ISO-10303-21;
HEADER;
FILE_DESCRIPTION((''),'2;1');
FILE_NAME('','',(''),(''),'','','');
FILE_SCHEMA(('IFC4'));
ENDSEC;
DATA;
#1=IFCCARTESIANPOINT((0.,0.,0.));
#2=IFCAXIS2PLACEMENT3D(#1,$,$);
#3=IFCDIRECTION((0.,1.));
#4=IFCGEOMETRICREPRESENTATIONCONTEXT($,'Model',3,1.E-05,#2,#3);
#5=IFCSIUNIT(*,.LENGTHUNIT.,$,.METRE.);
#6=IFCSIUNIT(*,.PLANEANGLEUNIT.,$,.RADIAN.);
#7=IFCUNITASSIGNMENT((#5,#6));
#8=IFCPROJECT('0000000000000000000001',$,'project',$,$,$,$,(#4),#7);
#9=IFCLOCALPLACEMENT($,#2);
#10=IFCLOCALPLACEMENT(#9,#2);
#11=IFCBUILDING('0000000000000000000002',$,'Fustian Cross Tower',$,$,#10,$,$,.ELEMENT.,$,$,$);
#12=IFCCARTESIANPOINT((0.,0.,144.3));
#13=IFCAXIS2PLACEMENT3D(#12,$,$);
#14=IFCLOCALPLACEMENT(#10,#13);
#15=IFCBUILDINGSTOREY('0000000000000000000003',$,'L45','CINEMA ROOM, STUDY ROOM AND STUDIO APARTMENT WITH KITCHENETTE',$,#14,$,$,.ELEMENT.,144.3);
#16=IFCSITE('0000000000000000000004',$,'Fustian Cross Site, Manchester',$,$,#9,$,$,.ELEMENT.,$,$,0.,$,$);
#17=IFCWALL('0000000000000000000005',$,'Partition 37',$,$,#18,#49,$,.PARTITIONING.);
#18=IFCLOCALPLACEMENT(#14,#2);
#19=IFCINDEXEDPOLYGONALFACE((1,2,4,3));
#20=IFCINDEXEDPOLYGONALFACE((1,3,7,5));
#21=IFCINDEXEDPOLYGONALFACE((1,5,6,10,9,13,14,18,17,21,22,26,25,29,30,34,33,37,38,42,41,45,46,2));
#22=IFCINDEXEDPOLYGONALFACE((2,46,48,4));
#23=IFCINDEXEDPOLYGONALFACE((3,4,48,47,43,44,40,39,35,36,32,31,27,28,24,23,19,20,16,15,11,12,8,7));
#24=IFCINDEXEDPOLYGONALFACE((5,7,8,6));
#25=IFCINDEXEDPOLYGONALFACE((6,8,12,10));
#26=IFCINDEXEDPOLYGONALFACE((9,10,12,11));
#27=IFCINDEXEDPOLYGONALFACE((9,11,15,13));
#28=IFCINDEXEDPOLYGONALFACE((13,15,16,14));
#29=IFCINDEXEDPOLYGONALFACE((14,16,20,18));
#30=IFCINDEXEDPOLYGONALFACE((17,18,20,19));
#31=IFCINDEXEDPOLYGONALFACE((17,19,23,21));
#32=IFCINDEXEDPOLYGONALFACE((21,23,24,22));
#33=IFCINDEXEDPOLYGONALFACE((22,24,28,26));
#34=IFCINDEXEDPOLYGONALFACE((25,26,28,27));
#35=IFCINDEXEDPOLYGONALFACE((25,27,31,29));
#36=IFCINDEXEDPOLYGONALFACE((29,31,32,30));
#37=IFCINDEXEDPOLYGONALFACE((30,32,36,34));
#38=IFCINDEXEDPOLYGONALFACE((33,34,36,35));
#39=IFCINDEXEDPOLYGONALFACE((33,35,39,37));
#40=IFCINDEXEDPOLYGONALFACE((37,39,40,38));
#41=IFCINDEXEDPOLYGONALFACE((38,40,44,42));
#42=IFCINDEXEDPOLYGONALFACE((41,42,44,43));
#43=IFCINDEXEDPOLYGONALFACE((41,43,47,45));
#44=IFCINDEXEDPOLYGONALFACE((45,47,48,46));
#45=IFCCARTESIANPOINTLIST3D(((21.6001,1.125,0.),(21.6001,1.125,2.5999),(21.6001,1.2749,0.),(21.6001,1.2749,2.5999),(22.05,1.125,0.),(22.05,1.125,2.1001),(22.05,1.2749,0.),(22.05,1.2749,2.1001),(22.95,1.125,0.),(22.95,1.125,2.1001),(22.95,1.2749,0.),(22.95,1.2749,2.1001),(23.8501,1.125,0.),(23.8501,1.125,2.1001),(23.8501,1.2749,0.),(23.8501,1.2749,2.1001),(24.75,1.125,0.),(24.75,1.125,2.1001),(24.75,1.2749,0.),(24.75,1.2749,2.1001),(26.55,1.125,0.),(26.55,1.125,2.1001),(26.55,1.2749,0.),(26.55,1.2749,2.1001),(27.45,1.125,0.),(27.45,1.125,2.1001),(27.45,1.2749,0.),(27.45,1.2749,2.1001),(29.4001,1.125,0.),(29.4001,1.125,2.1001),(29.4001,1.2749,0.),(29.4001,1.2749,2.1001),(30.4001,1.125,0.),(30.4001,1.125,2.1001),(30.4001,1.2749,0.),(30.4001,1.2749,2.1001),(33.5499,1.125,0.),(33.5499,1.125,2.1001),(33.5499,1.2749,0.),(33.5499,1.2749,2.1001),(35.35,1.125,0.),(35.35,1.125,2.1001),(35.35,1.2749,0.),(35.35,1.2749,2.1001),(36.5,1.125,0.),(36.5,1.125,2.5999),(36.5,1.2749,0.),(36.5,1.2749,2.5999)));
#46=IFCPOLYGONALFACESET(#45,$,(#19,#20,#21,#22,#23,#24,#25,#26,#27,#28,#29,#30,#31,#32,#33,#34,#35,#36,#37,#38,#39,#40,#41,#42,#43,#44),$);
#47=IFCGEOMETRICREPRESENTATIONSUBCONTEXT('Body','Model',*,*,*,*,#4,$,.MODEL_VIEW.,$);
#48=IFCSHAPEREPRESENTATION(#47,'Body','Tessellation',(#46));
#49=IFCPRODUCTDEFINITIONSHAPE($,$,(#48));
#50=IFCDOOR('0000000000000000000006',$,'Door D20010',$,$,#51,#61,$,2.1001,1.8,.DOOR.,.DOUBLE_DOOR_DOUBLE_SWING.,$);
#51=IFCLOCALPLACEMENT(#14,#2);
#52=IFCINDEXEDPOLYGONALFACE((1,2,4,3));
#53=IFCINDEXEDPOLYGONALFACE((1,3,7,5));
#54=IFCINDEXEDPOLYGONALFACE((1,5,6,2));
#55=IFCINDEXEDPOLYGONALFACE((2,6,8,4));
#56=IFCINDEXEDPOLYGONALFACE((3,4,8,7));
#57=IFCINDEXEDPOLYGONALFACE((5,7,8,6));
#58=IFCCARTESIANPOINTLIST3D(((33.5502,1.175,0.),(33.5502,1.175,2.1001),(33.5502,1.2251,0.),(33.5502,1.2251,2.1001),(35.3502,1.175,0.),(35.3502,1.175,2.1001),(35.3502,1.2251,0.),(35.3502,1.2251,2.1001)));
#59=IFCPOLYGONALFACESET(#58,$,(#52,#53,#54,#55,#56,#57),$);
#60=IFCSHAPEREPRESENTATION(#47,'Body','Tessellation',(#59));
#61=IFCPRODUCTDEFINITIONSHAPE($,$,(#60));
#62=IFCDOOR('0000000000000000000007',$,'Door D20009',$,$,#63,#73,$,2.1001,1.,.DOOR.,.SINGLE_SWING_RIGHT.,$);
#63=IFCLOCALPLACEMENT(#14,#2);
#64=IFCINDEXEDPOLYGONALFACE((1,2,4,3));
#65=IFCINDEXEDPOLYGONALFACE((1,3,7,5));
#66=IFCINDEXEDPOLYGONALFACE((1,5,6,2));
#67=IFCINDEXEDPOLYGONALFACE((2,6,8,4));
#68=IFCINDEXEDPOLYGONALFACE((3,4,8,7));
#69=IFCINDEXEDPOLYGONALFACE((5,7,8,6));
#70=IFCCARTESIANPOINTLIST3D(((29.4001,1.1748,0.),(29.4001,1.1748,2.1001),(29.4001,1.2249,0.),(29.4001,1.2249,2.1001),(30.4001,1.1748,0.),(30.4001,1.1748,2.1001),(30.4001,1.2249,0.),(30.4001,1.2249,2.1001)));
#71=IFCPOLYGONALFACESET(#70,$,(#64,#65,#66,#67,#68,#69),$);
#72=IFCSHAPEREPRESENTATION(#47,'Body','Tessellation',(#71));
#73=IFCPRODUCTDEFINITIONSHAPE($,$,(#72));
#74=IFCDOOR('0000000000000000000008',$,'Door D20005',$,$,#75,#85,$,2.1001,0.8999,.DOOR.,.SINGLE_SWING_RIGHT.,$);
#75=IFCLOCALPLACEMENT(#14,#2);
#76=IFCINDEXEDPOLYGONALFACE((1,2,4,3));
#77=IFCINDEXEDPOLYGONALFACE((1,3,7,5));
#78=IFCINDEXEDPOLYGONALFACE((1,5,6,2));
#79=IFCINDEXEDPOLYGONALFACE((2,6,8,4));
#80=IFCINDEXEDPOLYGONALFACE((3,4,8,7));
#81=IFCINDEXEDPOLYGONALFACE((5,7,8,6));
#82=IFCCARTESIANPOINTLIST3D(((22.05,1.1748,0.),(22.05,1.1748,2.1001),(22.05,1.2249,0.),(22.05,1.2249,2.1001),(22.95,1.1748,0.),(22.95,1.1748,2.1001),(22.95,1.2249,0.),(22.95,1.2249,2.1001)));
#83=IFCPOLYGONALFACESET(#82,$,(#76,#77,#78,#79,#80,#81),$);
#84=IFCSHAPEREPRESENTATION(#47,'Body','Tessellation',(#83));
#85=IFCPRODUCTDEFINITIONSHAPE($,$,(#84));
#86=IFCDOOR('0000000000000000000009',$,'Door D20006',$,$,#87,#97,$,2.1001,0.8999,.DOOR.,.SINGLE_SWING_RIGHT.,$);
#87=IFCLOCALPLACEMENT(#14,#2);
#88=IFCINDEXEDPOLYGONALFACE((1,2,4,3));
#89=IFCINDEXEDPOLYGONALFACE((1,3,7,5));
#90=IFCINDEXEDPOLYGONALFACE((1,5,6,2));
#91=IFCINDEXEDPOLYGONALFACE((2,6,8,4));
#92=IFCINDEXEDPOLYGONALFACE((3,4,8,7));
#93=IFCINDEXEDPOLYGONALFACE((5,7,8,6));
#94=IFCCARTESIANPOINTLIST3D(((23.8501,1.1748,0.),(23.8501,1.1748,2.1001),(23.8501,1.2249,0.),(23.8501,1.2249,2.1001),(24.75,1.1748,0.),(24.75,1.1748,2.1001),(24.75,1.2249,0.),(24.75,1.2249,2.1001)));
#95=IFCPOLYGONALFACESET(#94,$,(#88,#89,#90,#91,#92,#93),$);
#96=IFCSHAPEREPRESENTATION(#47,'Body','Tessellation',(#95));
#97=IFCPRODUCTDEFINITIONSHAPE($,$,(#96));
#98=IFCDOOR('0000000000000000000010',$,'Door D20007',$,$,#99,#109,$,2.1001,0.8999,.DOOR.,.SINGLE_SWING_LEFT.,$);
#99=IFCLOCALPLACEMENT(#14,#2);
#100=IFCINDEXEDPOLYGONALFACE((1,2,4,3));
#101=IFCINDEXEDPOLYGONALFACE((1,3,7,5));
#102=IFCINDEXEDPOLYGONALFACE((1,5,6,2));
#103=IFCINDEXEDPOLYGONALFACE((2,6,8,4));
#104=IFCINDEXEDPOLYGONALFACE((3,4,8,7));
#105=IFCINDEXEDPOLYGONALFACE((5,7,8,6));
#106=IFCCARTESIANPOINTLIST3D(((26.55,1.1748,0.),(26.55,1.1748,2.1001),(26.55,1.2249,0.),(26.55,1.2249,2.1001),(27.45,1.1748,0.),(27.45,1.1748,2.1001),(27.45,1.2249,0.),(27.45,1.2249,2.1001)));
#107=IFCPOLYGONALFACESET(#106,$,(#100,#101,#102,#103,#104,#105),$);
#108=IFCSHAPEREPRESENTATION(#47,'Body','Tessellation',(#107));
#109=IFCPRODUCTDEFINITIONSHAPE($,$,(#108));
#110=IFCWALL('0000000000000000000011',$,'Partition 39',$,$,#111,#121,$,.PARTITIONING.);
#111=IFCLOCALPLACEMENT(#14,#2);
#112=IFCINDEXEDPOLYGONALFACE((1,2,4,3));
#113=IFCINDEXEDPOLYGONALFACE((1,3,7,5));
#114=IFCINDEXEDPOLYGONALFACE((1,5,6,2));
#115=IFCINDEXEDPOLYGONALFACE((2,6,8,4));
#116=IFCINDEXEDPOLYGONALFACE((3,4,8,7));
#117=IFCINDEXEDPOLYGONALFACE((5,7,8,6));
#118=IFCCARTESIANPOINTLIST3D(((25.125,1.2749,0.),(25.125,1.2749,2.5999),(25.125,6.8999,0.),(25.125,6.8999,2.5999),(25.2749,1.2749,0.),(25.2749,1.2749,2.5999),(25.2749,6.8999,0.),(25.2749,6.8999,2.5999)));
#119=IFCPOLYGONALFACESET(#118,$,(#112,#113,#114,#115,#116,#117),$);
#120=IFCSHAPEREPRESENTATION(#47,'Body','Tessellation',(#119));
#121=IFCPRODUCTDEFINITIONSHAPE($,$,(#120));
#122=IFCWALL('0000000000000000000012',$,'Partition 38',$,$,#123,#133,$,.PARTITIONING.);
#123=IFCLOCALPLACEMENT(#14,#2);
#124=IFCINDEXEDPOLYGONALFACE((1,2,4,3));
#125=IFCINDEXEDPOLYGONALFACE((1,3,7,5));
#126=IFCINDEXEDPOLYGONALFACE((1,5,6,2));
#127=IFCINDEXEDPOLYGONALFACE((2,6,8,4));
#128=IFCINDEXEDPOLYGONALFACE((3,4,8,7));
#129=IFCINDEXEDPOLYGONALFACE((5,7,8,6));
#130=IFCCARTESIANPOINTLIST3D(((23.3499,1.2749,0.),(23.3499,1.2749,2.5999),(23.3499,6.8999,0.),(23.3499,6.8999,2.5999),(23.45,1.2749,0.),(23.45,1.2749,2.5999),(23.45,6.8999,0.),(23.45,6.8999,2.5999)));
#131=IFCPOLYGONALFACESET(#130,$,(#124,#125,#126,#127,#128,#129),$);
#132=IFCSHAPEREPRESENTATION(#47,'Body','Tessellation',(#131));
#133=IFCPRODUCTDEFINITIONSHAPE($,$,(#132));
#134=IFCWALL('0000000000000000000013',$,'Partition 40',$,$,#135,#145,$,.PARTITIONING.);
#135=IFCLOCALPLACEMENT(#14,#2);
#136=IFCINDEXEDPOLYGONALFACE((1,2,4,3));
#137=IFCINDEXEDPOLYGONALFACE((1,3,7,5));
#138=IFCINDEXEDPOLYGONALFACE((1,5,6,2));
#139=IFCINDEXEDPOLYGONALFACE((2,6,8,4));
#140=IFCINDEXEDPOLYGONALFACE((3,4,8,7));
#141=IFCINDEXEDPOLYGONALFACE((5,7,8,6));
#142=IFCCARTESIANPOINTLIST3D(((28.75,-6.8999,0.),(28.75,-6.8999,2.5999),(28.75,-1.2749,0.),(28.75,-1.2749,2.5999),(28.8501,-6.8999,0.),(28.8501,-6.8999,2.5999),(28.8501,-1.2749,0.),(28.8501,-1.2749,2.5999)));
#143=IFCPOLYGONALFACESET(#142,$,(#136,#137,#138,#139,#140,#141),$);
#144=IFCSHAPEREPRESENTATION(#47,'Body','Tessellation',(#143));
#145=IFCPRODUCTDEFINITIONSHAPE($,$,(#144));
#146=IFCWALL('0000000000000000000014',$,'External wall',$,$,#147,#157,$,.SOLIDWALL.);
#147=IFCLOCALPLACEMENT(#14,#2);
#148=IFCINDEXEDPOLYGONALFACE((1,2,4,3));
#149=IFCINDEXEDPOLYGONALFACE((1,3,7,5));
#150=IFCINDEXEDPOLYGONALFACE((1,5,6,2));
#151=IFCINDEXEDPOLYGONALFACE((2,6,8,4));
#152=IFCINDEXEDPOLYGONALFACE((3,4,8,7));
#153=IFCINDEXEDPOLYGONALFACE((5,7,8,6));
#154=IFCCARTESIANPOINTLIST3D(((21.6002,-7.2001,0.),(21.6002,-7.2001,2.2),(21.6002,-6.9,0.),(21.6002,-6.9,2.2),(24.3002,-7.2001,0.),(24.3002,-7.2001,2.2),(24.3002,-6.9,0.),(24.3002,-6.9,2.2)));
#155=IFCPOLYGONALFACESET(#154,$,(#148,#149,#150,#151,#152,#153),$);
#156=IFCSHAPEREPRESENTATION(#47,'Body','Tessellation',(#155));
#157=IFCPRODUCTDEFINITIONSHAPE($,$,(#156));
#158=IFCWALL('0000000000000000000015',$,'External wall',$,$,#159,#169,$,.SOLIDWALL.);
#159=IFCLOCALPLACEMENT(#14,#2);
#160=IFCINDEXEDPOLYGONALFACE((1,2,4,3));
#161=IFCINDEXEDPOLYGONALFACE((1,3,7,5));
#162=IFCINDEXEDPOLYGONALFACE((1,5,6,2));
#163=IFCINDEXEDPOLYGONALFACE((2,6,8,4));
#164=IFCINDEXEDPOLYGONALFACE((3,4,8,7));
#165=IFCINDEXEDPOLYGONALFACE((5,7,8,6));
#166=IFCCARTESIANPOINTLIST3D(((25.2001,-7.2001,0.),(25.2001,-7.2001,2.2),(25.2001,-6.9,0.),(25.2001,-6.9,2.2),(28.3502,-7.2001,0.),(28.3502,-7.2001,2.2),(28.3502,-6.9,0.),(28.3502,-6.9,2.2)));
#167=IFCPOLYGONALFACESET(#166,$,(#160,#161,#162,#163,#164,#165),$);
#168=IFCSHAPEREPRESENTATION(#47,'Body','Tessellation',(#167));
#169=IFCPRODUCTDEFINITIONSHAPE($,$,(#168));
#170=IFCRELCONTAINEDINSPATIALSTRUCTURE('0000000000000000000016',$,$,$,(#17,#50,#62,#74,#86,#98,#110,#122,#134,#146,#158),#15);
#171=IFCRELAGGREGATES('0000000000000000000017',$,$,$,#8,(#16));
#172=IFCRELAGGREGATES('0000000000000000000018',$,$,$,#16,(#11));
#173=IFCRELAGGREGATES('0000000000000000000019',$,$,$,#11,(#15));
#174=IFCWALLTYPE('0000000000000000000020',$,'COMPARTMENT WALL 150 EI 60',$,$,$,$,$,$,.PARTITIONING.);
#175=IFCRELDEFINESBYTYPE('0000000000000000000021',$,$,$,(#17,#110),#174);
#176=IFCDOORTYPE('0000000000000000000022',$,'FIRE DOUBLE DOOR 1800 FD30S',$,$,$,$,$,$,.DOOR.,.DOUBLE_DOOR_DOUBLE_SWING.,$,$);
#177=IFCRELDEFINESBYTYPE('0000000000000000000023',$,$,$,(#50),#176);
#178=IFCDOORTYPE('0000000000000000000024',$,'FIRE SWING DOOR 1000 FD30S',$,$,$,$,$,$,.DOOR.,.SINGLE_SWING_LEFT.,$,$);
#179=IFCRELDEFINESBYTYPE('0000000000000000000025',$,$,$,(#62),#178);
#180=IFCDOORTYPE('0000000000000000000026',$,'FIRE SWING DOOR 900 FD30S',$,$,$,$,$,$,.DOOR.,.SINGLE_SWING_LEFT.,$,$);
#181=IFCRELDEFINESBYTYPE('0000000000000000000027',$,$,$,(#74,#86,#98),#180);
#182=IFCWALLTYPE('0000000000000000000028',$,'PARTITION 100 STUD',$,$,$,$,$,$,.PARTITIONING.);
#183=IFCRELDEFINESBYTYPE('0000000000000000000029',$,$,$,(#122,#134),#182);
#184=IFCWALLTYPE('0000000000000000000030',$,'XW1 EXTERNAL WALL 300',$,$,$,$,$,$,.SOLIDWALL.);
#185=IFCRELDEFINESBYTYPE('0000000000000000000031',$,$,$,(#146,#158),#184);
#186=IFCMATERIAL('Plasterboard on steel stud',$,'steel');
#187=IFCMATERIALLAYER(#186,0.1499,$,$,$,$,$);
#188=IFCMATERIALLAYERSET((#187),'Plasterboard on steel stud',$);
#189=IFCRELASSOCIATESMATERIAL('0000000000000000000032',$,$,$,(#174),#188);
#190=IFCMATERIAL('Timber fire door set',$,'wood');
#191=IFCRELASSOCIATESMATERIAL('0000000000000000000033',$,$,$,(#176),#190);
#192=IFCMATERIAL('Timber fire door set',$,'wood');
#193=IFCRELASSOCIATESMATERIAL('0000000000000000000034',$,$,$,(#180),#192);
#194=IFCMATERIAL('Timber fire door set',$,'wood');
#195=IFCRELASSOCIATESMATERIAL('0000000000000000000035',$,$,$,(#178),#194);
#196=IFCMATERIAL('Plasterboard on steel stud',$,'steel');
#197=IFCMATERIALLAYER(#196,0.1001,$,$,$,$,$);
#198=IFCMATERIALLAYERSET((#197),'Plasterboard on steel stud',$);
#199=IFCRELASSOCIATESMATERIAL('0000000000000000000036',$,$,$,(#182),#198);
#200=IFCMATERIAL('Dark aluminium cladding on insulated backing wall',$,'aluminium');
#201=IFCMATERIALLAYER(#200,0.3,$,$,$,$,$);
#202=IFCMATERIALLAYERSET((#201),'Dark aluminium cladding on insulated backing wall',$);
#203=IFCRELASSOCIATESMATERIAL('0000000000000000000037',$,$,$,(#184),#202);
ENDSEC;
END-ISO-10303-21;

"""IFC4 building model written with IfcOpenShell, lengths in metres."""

from ifc_helpers import new_model, si_unit, direction, frame, frame_2d, origin, place, context, subcontext, project, spatial, rectangle, extrude, material, layer, layer_set, type_object, element, fill, save


model = new_model("IFC4")

# Units and contexts
model_context = context("Model", 3, precision=1e-05, world=origin(), true_north=direction((0.0, 1.0)))
body_context = subcontext(model_context, "Body", "Model", "MODEL_VIEW")
ifc_project = project(units=[si_unit("LENGTHUNIT", "METRE"), si_unit("PLANEANGLEUNIT", "RADIAN")], contexts=[model_context])

# Site, building, storey
site_placement = place(None, origin())
site = spatial("IfcSite", under=ifc_project, at=site_placement, Name="Fustian Cross Site, Manchester", CompositionType="ELEMENT", RefElevation=0.0)
building_placement = place(site_placement, origin())
building = spatial("IfcBuilding", under=site, at=building_placement, Name="Fustian Cross Tower", CompositionType="ELEMENT")
storey_placement = place(building_placement, frame((0.0, 0.0, 144.3)))
storey = spatial("IfcBuildingStorey", under=building, at=storey_placement, Name="L45", Description="CINEMA ROOM, STUDY ROOM AND STUDIO APARTMENT WITH KITCHENETTE", CompositionType="ELEMENT", Elevation=144.3)

# Wall, openings, doors
ifc_material_1 = material(Name="Plasterboard on steel stud", Category="steel")
ifc_layer_1 = layer(ifc_material_1, 0.1499)
ifc_layer_set_1 = layer_set([ifc_layer_1], Name="Plasterboard on steel stud")
wall_type_1 = type_object("IfcWallType", Name="COMPARTMENT WALL 150 EI 60", PredefinedType="PARTITIONING", material=ifc_layer_set_1)
ifc_material_2 = material(Name="Timber fire door set", Category="wood")
door_type_1 = type_object("IfcDoorType", Name="FIRE DOUBLE DOOR 1800 FD30S", OperationType="DOUBLE_DOOR_DOUBLE_SWING", PredefinedType="DOOR", material=ifc_material_2)
ifc_material_3 = material(Name="Timber fire door set", Category="wood")
door_type_2 = type_object("IfcDoorType", Name="FIRE SWING DOOR 900 FD30S", OperationType="SINGLE_SWING_LEFT", PredefinedType="DOOR", material=ifc_material_3)
wall_1_placement = place(storey_placement, frame((21.6001, 1.2, 0.0), z_axis=(0.0, 0.0, 1.0), x_axis=(1.0, 0.0, 0.0)))
wall_1 = element("IfcWall", 1, at=wall_1_placement, inside=storey, type_object=wall_type_1, Name="Partition 37", PredefinedType="PARTITIONING", context=body_context, shape_type="SweptSolid", body=[
    extrude(rectangle(XDim=14.8999, YDim=0.1499, at=frame_2d((7.45, 0.0))), origin(), (0.0, 0.0, 1.0), 2.5999),
])
opening_1_placement = place(wall_1_placement, frame((0.45, 0.0, 0.0)))
opening_1 = element("IfcOpeningElement", 2, at=opening_1_placement, cuts=wall_1, PredefinedType="OPENING", context=body_context, shape_type="SweptSolid", body=[
    extrude(rectangle(XDim=0.8999, YDim=2.1001, at=frame_2d((0.45, 1.05))), frame((0.0, 0.085, 0.0), z_axis=(0.0, -1.0, 0.0), x_axis=(1.0, 0.0, 0.0)), (0.0, 0.0, 1.0), 0.1699),
])
opening_2_placement = place(wall_1_placement, frame((2.25, 0.0, 0.0)))
opening_2 = element("IfcOpeningElement", 3, at=opening_2_placement, cuts=wall_1, PredefinedType="OPENING", context=body_context, shape_type="SweptSolid", body=[
    extrude(rectangle(XDim=0.8999, YDim=2.1001, at=frame_2d((0.45, 1.05))), frame((0.0, 0.085, 0.0), z_axis=(0.0, -1.0, 0.0), x_axis=(1.0, 0.0, 0.0)), (0.0, 0.0, 1.0), 0.1699),
])
opening_3_placement = place(wall_1_placement, frame((4.95, 0.0, 0.0)))
opening_3 = element("IfcOpeningElement", 4, at=opening_3_placement, cuts=wall_1, PredefinedType="OPENING", context=body_context, shape_type="SweptSolid", body=[
    extrude(rectangle(XDim=0.8999, YDim=2.1001, at=frame_2d((0.45, 1.05))), frame((0.0, 0.085, 0.0), z_axis=(0.0, -1.0, 0.0), x_axis=(1.0, 0.0, 0.0)), (0.0, 0.0, 1.0), 0.1699),
])
opening_4_placement = place(wall_1_placement, frame((7.8, 0.0, 0.0)))
opening_4 = element("IfcOpeningElement", 5, at=opening_4_placement, cuts=wall_1, PredefinedType="OPENING", context=body_context, shape_type="SweptSolid", body=[
    extrude(rectangle(XDim=1.0, YDim=2.1001, at=frame_2d((0.5, 1.05))), frame((0.0, 0.085, 0.0), z_axis=(0.0, -1.0, 0.0), x_axis=(1.0, 0.0, 0.0)), (0.0, 0.0, 1.0), 0.1699),
])
opening_5_placement = place(wall_1_placement, frame((11.95, 0.0, 0.0)))
opening_5 = element("IfcOpeningElement", 6, at=opening_5_placement, cuts=wall_1, PredefinedType="OPENING", context=body_context, shape_type="SweptSolid", body=[
    extrude(rectangle(XDim=1.8, YDim=2.1001, at=frame_2d((0.8999, 1.05))), frame((0.0, 0.085, 0.0), z_axis=(0.0, -1.0, 0.0), x_axis=(1.0, 0.0, 0.0)), (0.0, 0.0, 1.0), 0.1699),
])
door_1_placement = place(opening_5_placement, frame((1.8, 0.0, 0.0), z_axis=(0.0, 0.0, 1.0), x_axis=(-1.0, 0.0, 0.0)))
door_1 = element("IfcDoor", 7, at=door_1_placement, inside=storey, type_object=door_type_1, Name="Door D20010", OperationType="DOUBLE_DOOR_DOUBLE_SWING", OverallHeight=2.1001, OverallWidth=1.8, PredefinedType="DOOR", context=body_context, shape_type="SweptSolid", body=[
    extrude(rectangle(XDim=1.8, YDim=2.1001, at=frame_2d((0.8999, 1.05))), frame((0.0, 0.0249, 0.0), z_axis=(0.0, -1.0, 0.0), x_axis=(1.0, 0.0, 0.0)), (0.0, 0.0, 1.0), 0.05),
])
fill(opening_5, door_1)
ifc_material_4 = material(Name="Timber fire door set", Category="wood")
door_type_3 = type_object("IfcDoorType", Name="FIRE SWING DOOR 1000 FD30S", OperationType="SINGLE_SWING_LEFT", PredefinedType="DOOR", material=ifc_material_4)
door_2_placement = place(opening_4_placement, origin())
door_2 = element("IfcDoor", 8, at=door_2_placement, inside=storey, type_object=door_type_3, Name="Door D20009", OperationType="SINGLE_SWING_RIGHT", OverallHeight=2.1001, OverallWidth=1.0, PredefinedType="DOOR", context=body_context, shape_type="SweptSolid", body=[
    extrude(rectangle(XDim=1.0, YDim=2.1001, at=frame_2d((0.5, 1.05))), frame((0.0, 0.0249, 0.0), z_axis=(0.0, -1.0, 0.0), x_axis=(1.0, 0.0, 0.0)), (0.0, 0.0, 1.0), 0.05),
])
fill(opening_4, door_2)
door_3_placement = place(opening_1_placement, origin())
door_3 = element("IfcDoor", 9, at=door_3_placement, inside=storey, type_object=door_type_2, Name="Door D20005", OperationType="SINGLE_SWING_RIGHT", OverallHeight=2.1001, OverallWidth=0.8999, PredefinedType="DOOR", context=body_context, shape_type="SweptSolid", body=[
    extrude(rectangle(XDim=0.8999, YDim=2.1001, at=frame_2d((0.45, 1.05))), frame((0.0, 0.0249, 0.0), z_axis=(0.0, -1.0, 0.0), x_axis=(1.0, 0.0, 0.0)), (0.0, 0.0, 1.0), 0.05),
])
fill(opening_1, door_3)
door_4_placement = place(opening_2_placement, origin())
door_4 = element("IfcDoor", 10, at=door_4_placement, inside=storey, type_object=door_type_2, Name="Door D20006", OperationType="SINGLE_SWING_RIGHT", OverallHeight=2.1001, OverallWidth=0.8999, PredefinedType="DOOR", context=body_context, shape_type="SweptSolid", body=[
    extrude(rectangle(XDim=0.8999, YDim=2.1001, at=frame_2d((0.45, 1.05))), frame((0.0, 0.0249, 0.0), z_axis=(0.0, -1.0, 0.0), x_axis=(1.0, 0.0, 0.0)), (0.0, 0.0, 1.0), 0.05),
])
fill(opening_2, door_4)
door_5_placement = place(opening_3_placement, origin())
door_5 = element("IfcDoor", 11, at=door_5_placement, inside=storey, type_object=door_type_2, Name="Door D20007", OperationType="SINGLE_SWING_LEFT", OverallHeight=2.1001, OverallWidth=0.8999, PredefinedType="DOOR", context=body_context, shape_type="SweptSolid", body=[
    extrude(rectangle(XDim=0.8999, YDim=2.1001, at=frame_2d((0.45, 1.05))), frame((0.0, 0.0249, 0.0), z_axis=(0.0, -1.0, 0.0), x_axis=(1.0, 0.0, 0.0)), (0.0, 0.0, 1.0), 0.05),
])
fill(opening_3, door_5)

# Walls
wall_2_placement = place(storey_placement, frame((25.2, 1.2749, 0.0), z_axis=(0.0, 0.0, 1.0), x_axis=(0.0, 1.0, 0.0)))
element("IfcWall", 12, at=wall_2_placement, inside=storey, type_object=wall_type_1, Name="Partition 39", PredefinedType="PARTITIONING", context=body_context, shape_type="SweptSolid", body=[
    extrude(rectangle(XDim=5.625, YDim=0.1499, at=frame_2d((2.8125, 0.0))), origin(), (0.0, 0.0, 1.0), 2.5999),
])
ifc_material_5 = material(Name="Plasterboard on steel stud", Category="steel")
ifc_layer_2 = layer(ifc_material_5, 0.1001)
ifc_layer_set_2 = layer_set([ifc_layer_2], Name="Plasterboard on steel stud")
wall_type_2 = type_object("IfcWallType", Name="PARTITION 100 STUD", PredefinedType="PARTITIONING", material=ifc_layer_set_2)
for number, where, z_axis, x_axis, name in (
    (13, (23.3999, 1.2749, 0.0), (0.0, 0.0, 1.0), (0.0, 1.0, 0.0), "Partition 38"),
    (14, (28.8, -6.8999, 0.0), (0.0, 0.0, 1.0), (0.0, 1.0, 0.0), "Partition 40"),
):
    element("IfcWall", number, at=place(storey_placement, frame(where, z_axis=z_axis, x_axis=x_axis)), inside=storey, type_object=wall_type_2, Name=name, PredefinedType="PARTITIONING", context=body_context, shape_type="SweptSolid", body=[
        extrude(rectangle(XDim=5.625, YDim=0.1001, at=frame_2d((2.8125, 0.0))), origin(), (0.0, 0.0, 1.0), 2.5999),
    ])
ifc_material_6 = material(Name="Dark aluminium cladding on insulated backing wall", Category="aluminium")
ifc_layer_3 = layer(ifc_material_6, 0.3)
ifc_layer_set_3 = layer_set([ifc_layer_3], Name="Dark aluminium cladding on insulated backing wall")
wall_type_3 = type_object("IfcWallType", Name="XW1 EXTERNAL WALL 300", PredefinedType="SOLIDWALL", material=ifc_layer_set_3)
wall_3_placement = place(storey_placement, frame((21.6001, -7.05, 0.0), z_axis=(0.0, 0.0, 1.0), x_axis=(1.0, 0.0, 0.0)))
element("IfcWall", 15, at=wall_3_placement, inside=storey, type_object=wall_type_3, Name="External wall", PredefinedType="SOLIDWALL", context=body_context, shape_type="SweptSolid", body=[
    extrude(rectangle(XDim=2.7, YDim=0.3, at=frame_2d((1.3501, 0.0))), origin(), (0.0, 0.0, 1.0), 2.2),
])
wall_4_placement = place(storey_placement, frame((25.2, -7.05, 0.0), z_axis=(0.0, 0.0, 1.0), x_axis=(1.0, 0.0, 0.0)))
element("IfcWall", 16, at=wall_4_placement, inside=storey, type_object=wall_type_3, Name="External wall", PredefinedType="SOLIDWALL", context=body_context, shape_type="SweptSolid", body=[
    extrude(rectangle(XDim=3.1501, YDim=0.3, at=frame_2d((1.5752, 0.0))), origin(), (0.0, 0.0, 1.0), 2.2),
])

save(model, "model.ifc")
